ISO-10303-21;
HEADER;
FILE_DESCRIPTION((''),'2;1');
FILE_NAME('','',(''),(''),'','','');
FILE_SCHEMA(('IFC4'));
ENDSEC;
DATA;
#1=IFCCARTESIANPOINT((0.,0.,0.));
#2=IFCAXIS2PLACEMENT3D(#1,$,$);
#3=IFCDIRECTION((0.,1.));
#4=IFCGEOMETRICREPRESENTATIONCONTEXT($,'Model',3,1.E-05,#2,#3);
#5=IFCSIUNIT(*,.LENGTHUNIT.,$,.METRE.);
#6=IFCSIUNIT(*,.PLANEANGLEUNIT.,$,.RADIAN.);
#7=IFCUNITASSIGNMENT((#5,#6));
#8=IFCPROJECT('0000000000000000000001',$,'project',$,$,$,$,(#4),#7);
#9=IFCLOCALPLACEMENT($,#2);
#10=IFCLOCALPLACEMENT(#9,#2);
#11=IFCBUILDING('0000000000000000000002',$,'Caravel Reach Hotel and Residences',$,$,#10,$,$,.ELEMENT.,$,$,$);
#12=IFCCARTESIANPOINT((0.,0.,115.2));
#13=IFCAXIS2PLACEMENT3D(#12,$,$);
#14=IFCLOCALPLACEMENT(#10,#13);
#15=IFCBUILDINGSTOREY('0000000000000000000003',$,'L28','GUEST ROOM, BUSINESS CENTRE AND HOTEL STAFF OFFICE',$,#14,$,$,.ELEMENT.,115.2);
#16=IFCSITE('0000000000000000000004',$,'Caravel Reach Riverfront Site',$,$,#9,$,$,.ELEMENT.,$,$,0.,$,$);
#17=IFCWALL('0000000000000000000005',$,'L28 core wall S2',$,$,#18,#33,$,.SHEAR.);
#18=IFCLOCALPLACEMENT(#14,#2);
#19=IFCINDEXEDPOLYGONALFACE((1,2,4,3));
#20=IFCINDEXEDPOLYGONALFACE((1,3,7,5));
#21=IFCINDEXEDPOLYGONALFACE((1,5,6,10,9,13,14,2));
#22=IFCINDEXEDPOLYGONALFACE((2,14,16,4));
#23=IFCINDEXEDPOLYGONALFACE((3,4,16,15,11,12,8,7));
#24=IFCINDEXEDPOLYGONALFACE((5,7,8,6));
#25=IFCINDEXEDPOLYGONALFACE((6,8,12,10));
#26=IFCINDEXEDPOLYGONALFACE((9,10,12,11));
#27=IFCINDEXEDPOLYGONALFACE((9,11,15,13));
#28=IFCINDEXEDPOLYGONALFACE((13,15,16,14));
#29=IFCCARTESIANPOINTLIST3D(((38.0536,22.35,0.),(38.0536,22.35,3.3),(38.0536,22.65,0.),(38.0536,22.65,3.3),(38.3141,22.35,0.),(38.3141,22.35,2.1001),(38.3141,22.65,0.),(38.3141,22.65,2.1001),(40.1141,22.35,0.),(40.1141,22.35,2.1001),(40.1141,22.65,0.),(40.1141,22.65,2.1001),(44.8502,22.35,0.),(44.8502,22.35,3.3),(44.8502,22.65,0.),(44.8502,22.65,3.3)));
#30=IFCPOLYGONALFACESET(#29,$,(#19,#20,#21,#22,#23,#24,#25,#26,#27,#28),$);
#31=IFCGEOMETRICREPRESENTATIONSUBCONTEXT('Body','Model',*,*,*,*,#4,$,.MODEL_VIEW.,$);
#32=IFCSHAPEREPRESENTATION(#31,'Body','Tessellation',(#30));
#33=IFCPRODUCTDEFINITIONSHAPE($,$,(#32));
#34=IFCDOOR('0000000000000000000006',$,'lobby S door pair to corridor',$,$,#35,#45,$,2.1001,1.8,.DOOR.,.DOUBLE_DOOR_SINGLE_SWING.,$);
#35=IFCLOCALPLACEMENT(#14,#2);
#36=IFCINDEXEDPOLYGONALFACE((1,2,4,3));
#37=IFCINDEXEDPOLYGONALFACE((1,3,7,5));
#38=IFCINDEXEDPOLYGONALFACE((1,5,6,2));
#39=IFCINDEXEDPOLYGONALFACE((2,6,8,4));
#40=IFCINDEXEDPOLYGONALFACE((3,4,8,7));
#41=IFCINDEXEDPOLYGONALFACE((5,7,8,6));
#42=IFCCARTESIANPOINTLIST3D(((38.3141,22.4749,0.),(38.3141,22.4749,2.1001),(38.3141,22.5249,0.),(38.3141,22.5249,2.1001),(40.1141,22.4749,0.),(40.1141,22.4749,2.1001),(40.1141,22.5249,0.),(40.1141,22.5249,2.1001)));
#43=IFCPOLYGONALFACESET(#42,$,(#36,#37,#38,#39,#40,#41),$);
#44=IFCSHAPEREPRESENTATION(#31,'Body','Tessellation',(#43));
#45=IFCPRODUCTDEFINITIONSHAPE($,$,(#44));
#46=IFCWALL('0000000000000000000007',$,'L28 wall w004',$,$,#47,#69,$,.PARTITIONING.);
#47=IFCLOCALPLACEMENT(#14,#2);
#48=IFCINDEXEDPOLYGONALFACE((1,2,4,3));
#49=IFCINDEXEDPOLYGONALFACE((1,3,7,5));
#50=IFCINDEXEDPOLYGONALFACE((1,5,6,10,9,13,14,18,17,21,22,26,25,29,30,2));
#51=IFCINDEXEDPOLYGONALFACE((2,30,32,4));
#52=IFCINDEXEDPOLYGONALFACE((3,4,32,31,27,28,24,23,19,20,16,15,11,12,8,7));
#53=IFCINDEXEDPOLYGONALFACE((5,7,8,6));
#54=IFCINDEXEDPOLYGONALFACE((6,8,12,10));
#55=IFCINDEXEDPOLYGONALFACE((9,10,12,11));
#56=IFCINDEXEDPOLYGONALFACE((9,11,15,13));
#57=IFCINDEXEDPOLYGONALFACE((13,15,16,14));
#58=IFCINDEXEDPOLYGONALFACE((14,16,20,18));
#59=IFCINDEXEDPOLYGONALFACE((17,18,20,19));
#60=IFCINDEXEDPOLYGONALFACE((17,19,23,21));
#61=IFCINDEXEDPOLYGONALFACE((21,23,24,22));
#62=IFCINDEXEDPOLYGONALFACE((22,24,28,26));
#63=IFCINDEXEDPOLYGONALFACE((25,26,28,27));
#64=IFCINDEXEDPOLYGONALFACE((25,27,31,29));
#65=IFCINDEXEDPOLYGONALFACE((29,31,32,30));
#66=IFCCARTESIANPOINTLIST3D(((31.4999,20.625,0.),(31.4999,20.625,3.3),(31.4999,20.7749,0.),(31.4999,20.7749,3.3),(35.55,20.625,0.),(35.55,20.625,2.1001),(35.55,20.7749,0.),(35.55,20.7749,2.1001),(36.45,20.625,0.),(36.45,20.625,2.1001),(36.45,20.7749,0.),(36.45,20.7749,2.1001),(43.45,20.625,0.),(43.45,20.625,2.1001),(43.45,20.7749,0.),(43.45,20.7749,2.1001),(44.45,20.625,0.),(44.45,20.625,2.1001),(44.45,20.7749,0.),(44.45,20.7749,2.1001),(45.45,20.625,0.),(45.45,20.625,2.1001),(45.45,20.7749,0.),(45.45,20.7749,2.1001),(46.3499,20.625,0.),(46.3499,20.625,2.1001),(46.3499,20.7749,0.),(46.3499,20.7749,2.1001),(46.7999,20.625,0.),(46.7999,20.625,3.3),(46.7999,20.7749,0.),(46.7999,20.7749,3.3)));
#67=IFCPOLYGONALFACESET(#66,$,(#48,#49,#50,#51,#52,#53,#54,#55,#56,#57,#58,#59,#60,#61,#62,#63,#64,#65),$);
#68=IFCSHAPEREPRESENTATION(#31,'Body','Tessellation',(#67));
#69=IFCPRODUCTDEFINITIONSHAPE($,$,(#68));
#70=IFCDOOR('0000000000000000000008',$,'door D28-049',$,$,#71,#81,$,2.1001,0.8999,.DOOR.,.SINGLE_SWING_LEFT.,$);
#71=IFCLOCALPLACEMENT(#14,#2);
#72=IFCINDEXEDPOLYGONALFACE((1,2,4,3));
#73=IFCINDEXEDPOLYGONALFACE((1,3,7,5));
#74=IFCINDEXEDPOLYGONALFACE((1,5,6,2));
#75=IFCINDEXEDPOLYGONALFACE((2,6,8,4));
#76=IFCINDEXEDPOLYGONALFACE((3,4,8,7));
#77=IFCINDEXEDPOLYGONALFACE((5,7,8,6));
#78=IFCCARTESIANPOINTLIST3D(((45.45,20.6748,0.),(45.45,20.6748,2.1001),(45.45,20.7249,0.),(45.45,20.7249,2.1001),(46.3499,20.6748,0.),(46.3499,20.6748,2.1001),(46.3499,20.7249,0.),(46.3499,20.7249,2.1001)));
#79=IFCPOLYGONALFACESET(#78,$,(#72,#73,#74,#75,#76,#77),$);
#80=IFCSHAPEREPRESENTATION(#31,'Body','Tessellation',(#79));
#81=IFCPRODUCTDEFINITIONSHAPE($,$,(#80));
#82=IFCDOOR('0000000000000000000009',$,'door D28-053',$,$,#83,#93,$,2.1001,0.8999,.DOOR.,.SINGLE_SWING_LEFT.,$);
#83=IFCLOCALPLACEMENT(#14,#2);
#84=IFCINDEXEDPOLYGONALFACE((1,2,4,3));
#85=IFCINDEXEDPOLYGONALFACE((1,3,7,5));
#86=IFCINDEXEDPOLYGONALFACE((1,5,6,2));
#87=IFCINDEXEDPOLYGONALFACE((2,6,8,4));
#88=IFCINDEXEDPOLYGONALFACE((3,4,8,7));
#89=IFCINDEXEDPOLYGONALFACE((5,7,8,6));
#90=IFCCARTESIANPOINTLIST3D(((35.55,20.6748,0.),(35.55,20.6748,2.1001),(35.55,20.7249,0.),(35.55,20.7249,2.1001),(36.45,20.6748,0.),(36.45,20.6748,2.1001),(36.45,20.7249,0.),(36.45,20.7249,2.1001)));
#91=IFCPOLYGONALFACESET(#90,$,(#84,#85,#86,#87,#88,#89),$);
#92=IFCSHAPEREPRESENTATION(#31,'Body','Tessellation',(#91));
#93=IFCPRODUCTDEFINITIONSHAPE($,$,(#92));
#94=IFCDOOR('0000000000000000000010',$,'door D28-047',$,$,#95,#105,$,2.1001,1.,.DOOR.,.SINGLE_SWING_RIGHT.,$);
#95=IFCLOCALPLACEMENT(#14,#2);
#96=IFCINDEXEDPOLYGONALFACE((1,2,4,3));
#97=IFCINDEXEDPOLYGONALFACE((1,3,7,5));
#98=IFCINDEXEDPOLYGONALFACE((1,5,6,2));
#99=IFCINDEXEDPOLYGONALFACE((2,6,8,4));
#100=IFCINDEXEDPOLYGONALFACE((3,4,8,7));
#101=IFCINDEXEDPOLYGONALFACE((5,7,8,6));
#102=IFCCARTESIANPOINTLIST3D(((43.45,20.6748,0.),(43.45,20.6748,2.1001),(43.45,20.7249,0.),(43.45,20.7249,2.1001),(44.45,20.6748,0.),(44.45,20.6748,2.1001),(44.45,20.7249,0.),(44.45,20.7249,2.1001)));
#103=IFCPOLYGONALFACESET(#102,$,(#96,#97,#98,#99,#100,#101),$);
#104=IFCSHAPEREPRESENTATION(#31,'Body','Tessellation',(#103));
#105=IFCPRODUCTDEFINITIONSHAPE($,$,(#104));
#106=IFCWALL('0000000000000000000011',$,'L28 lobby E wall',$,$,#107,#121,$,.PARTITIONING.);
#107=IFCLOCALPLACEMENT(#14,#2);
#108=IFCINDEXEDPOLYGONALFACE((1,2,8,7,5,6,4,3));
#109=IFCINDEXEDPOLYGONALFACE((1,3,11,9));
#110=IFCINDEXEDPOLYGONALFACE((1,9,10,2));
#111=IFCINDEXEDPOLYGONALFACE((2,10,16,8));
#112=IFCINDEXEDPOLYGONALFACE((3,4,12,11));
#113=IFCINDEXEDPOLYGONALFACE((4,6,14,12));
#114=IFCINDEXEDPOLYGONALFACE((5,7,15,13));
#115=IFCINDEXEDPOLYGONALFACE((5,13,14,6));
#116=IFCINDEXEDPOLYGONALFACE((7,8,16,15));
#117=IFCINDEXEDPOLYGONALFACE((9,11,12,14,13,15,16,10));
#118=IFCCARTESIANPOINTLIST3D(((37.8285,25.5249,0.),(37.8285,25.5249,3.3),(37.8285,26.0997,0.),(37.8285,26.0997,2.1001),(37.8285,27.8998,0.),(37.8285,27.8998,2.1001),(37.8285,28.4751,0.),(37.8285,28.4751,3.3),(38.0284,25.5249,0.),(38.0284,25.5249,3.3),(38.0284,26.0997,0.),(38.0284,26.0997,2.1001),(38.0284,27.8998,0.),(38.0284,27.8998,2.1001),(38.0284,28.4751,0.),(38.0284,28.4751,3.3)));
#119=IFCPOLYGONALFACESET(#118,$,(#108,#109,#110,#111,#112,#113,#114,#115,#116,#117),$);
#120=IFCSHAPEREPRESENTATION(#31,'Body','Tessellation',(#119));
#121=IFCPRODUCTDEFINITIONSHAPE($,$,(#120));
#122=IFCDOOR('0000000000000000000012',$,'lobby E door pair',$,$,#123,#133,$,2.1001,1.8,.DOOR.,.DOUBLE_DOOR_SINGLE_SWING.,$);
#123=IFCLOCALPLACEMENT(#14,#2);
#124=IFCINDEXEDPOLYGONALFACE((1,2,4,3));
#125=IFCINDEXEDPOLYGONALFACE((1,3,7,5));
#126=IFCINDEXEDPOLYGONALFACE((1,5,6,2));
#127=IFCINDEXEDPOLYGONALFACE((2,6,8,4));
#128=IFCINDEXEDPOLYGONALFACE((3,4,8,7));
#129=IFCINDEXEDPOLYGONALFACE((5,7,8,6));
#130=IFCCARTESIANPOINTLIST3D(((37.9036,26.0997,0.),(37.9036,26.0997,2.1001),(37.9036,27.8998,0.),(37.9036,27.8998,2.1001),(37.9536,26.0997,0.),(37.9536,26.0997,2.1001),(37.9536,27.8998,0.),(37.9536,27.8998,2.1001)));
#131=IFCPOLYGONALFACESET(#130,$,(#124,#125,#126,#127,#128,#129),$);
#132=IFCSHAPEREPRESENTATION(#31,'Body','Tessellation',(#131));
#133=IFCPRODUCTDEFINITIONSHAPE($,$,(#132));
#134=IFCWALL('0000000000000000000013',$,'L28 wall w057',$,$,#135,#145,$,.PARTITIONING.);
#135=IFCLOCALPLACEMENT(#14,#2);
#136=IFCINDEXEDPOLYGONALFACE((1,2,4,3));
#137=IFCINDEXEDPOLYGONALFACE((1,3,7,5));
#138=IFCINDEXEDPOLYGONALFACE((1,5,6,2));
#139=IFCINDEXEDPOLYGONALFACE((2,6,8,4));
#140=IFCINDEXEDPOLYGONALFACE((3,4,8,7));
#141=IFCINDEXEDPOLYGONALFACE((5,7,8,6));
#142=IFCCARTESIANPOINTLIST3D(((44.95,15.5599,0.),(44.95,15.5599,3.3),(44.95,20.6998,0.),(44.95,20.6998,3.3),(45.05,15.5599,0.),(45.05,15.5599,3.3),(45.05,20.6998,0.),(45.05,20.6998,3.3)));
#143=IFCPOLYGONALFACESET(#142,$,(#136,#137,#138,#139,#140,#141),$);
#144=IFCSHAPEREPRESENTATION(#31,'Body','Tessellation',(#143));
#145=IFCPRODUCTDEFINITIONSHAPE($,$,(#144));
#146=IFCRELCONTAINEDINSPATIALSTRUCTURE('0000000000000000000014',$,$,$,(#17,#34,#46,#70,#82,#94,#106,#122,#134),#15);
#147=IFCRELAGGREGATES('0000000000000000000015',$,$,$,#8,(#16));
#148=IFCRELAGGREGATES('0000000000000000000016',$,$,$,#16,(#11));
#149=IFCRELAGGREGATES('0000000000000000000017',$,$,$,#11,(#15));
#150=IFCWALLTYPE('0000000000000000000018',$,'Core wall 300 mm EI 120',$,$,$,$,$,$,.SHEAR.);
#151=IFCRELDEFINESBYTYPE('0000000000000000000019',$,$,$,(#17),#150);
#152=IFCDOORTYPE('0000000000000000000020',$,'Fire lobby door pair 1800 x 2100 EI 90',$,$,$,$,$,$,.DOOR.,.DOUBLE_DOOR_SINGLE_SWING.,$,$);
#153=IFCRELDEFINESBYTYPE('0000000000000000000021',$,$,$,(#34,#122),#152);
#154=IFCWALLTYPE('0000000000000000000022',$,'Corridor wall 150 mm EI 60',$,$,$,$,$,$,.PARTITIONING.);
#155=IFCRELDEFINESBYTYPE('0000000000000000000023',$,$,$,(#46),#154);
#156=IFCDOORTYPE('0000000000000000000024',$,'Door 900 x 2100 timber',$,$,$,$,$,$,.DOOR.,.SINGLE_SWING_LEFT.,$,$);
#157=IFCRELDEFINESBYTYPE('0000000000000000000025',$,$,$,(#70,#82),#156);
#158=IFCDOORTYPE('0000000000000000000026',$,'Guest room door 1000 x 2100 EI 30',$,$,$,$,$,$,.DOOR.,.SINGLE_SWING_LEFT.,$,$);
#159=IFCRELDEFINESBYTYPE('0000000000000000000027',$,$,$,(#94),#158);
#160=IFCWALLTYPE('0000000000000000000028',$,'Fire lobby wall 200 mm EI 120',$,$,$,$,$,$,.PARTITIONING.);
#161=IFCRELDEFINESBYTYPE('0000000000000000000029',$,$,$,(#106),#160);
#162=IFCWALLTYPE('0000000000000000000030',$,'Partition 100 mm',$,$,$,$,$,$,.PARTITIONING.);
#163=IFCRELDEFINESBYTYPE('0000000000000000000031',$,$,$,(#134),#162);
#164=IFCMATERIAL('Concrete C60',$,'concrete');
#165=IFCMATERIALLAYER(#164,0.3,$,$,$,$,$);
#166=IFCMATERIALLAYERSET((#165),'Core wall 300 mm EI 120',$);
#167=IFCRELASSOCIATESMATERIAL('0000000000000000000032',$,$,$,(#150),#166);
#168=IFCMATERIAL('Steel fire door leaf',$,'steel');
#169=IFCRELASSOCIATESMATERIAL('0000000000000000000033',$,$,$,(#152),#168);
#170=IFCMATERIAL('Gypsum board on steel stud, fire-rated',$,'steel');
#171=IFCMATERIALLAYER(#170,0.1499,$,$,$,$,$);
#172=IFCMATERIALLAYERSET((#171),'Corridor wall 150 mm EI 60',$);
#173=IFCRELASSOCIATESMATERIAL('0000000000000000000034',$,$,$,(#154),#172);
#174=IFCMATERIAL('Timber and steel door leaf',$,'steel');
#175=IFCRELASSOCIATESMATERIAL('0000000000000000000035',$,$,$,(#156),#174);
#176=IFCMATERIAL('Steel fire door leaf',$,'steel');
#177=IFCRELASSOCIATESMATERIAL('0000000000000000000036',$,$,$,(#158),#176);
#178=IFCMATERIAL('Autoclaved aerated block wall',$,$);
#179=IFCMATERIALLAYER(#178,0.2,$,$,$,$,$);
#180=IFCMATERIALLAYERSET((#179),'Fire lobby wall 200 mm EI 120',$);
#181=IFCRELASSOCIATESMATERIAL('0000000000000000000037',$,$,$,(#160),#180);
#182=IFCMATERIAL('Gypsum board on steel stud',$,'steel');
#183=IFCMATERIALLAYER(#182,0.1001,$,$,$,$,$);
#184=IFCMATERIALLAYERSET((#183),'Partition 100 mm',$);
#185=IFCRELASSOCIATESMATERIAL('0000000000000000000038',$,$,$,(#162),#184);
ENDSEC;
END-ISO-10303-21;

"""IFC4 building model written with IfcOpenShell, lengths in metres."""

from ifc_helpers import new_model, si_unit, direction, frame, frame_2d, origin, place, context, subcontext, project, spatial, rectangle, extrude, material, layer, layer_set, type_object, element, fill, save


model = new_model("IFC4")

# Units and contexts
model_context = context("Model", 3, precision=1e-05, world=origin(), true_north=direction((0.0, 1.0)))
body_context = subcontext(model_context, "Body", "Model", "MODEL_VIEW")
ifc_project = project(units=[si_unit("LENGTHUNIT", "METRE"), si_unit("PLANEANGLEUNIT", "RADIAN")], contexts=[model_context])

# Site, building, storey
site_placement = place(None, origin())
site = spatial("IfcSite", under=ifc_project, at=site_placement, Name="Caravel Reach Riverfront Site", CompositionType="ELEMENT", RefElevation=0.0)
building_placement = place(site_placement, origin())
building = spatial("IfcBuilding", under=site, at=building_placement, Name="Caravel Reach Hotel and Residences", CompositionType="ELEMENT")
storey_placement = place(building_placement, frame((0.0, 0.0, 115.2)))
storey = spatial("IfcBuildingStorey", under=building, at=storey_placement, Name="L28", Description="GUEST ROOM, BUSINESS CENTRE AND HOTEL STAFF OFFICE", CompositionType="ELEMENT", Elevation=115.2)

# Wall, opening, door
ifc_material_1 = material(Name="Concrete C60", Category="concrete")
ifc_layer_1 = layer(ifc_material_1, 0.3)
ifc_layer_set_1 = layer_set([ifc_layer_1], Name="Core wall 300 mm EI 120")
wall_type_1 = type_object("IfcWallType", Name="Core wall 300 mm EI 120", PredefinedType="SHEAR", material=ifc_layer_set_1)
wall_1_placement = place(storey_placement, frame((38.0535, 22.5, 0.0), z_axis=(0.0, 0.0, 1.0), x_axis=(1.0, 0.0, 0.0)))
wall_1 = element("IfcWall", 1, at=wall_1_placement, inside=storey, type_object=wall_type_1, Name="L28 core wall S2", PredefinedType="SHEAR", context=body_context, shape_type="SweptSolid", body=[
    extrude(rectangle(XDim=6.7966, YDim=0.3, at=frame_2d((3.3984, 0.0))), origin(), (0.0, 0.0, 1.0), 3.3),
])
opening_1_placement = place(wall_1_placement, frame((0.2607, 0.0, 0.0)))
opening_1 = element("IfcOpeningElement", 2, at=opening_1_placement, cuts=wall_1, PredefinedType="OPENING", context=body_context, shape_type="SweptSolid", body=[
    extrude(rectangle(XDim=1.8, YDim=2.1001, at=frame_2d((0.8999, 1.05))), frame((0.0, 0.1599, 0.0), z_axis=(0.0, -1.0, 0.0), x_axis=(1.0, 0.0, 0.0)), (0.0, 0.0, 1.0), 0.3201),
])
ifc_material_2 = material(Name="Steel fire door leaf", Category="steel")
door_type_1 = type_object("IfcDoorType", Name="Fire lobby door pair 1800 x 2100 EI 90", OperationType="DOUBLE_DOOR_SINGLE_SWING", PredefinedType="DOOR", material=ifc_material_2)
door_1_placement = place(opening_1_placement, origin())
door_1 = element("IfcDoor", 3, at=door_1_placement, inside=storey, type_object=door_type_1, Name="lobby S door pair to corridor", OperationType="DOUBLE_DOOR_SINGLE_SWING", OverallHeight=2.1001, OverallWidth=1.8, PredefinedType="DOOR", context=body_context, shape_type="SweptSolid", body=[
    extrude(rectangle(XDim=1.8, YDim=2.1001, at=frame_2d((0.8999, 1.05))), frame((0.0, 0.0249, 0.0), z_axis=(0.0, -1.0, 0.0), x_axis=(1.0, 0.0, 0.0)), (0.0, 0.0, 1.0), 0.05),
])
fill(opening_1, door_1)

# Wall, openings, doors
ifc_material_3 = material(Name="Gypsum board on steel stud, fire-rated", Category="steel")
ifc_layer_2 = layer(ifc_material_3, 0.1499)
ifc_layer_set_2 = layer_set([ifc_layer_2], Name="Corridor wall 150 mm EI 60")
wall_type_2 = type_object("IfcWallType", Name="Corridor wall 150 mm EI 60", PredefinedType="PARTITIONING", material=ifc_layer_set_2)
wall_2_placement = place(storey_placement, frame((31.5, 20.7, 0.0), z_axis=(0.0, 0.0, 1.0), x_axis=(1.0, 0.0, 0.0)))
wall_2 = element("IfcWall", 4, at=wall_2_placement, inside=storey, type_object=wall_type_2, Name="L28 wall w004", PredefinedType="PARTITIONING", context=body_context, shape_type="SweptSolid", body=[
    extrude(rectangle(XDim=15.3, YDim=0.1499, at=frame_2d((7.6499, 0.0))), origin(), (0.0, 0.0, 1.0), 3.3),
])
opening_2_placement = place(wall_2_placement, frame((11.95, 0.0, 0.0)))
opening_2 = element("IfcOpeningElement", 5, at=opening_2_placement, cuts=wall_2, PredefinedType="OPENING", context=body_context, shape_type="SweptSolid", body=[
    extrude(rectangle(XDim=1.0, YDim=2.1001, at=frame_2d((0.5, 1.05))), frame((0.0, 0.085, 0.0), z_axis=(0.0, -1.0, 0.0), x_axis=(1.0, 0.0, 0.0)), (0.0, 0.0, 1.0), 0.1699),
])
opening_3_placement = place(wall_2_placement, frame((13.95, 0.0, 0.0)))
opening_3 = element("IfcOpeningElement", 6, at=opening_3_placement, cuts=wall_2, PredefinedType="OPENING", context=body_context, shape_type="SweptSolid", body=[
    extrude(rectangle(XDim=0.8999, YDim=2.1001, at=frame_2d((0.45, 1.05))), frame((0.0, 0.085, 0.0), z_axis=(0.0, -1.0, 0.0), x_axis=(1.0, 0.0, 0.0)), (0.0, 0.0, 1.0), 0.1699),
])
opening_4_placement = place(wall_2_placement, frame((4.05, 0.0, 0.0)))
opening_4 = element("IfcOpeningElement", 7, at=opening_4_placement, cuts=wall_2, PredefinedType="OPENING", context=body_context, shape_type="SweptSolid", body=[
    extrude(rectangle(XDim=0.8999, YDim=2.1001, at=frame_2d((0.45, 1.05))), frame((0.0, 0.085, 0.0), z_axis=(0.0, -1.0, 0.0), x_axis=(1.0, 0.0, 0.0)), (0.0, 0.0, 1.0), 0.1699),
])
ifc_material_4 = material(Name="Timber and steel door leaf", Category="steel")
door_type_2 = type_object("IfcDoorType", Name="Door 900 x 2100 timber", OperationType="SINGLE_SWING_LEFT", PredefinedType="DOOR", material=ifc_material_4)
door_2_placement = place(opening_3_placement, origin())
door_2 = element("IfcDoor", 8, at=door_2_placement, inside=storey, type_object=door_type_2, Name="door D28-049", OperationType="SINGLE_SWING_LEFT", OverallHeight=2.1001, OverallWidth=0.8999, PredefinedType="DOOR", context=body_context, shape_type="SweptSolid", body=[
    extrude(rectangle(XDim=0.8999, YDim=2.1001, at=frame_2d((0.45, 1.05))), frame((0.0, 0.0249, 0.0), z_axis=(0.0, -1.0, 0.0), x_axis=(1.0, 0.0, 0.0)), (0.0, 0.0, 1.0), 0.05),
])
fill(opening_3, door_2)
door_3_placement = place(opening_4_placement, origin())
door_3 = element("IfcDoor", 9, at=door_3_placement, inside=storey, type_object=door_type_2, Name="door D28-053", OperationType="SINGLE_SWING_LEFT", OverallHeight=2.1001, OverallWidth=0.8999, PredefinedType="DOOR", context=body_context, shape_type="SweptSolid", body=[
    extrude(rectangle(XDim=0.8999, YDim=2.1001, at=frame_2d((0.45, 1.05))), frame((0.0, 0.0249, 0.0), z_axis=(0.0, -1.0, 0.0), x_axis=(1.0, 0.0, 0.0)), (0.0, 0.0, 1.0), 0.05),
])
fill(opening_4, door_3)
ifc_material_5 = material(Name="Steel fire door leaf", Category="steel")
door_type_3 = type_object("IfcDoorType", Name="Guest room door 1000 x 2100 EI 30", OperationType="SINGLE_SWING_LEFT", PredefinedType="DOOR", material=ifc_material_5)
door_4_placement = place(opening_2_placement, origin())
door_4 = element("IfcDoor", 10, at=door_4_placement, inside=storey, type_object=door_type_3, Name="door D28-047", OperationType="SINGLE_SWING_RIGHT", OverallHeight=2.1001, OverallWidth=1.0, PredefinedType="DOOR", context=body_context, shape_type="SweptSolid", body=[
    extrude(rectangle(XDim=1.0, YDim=2.1001, at=frame_2d((0.5, 1.05))), frame((0.0, 0.0249, 0.0), z_axis=(0.0, -1.0, 0.0), x_axis=(1.0, 0.0, 0.0)), (0.0, 0.0, 1.0), 0.05),
])
fill(opening_2, door_4)

# Wall, opening, door
ifc_material_6 = material(Name="Autoclaved aerated block wall")
ifc_layer_3 = layer(ifc_material_6, 0.2)
ifc_layer_set_3 = layer_set([ifc_layer_3], Name="Fire lobby wall 200 mm EI 120")
wall_type_3 = type_object("IfcWallType", Name="Fire lobby wall 200 mm EI 120", PredefinedType="PARTITIONING", material=ifc_layer_set_3)
wall_3_placement = place(storey_placement, frame((37.9285, 25.5249, 0.0), z_axis=(0.0, 0.0, 1.0), x_axis=(0.0, 1.0, 0.0)))
wall_3 = element("IfcWall", 11, at=wall_3_placement, inside=storey, type_object=wall_type_3, Name="L28 lobby E wall", PredefinedType="PARTITIONING", context=body_context, shape_type="SweptSolid", body=[
    extrude(rectangle(XDim=2.9502, YDim=0.2, at=frame_2d((1.4751, 0.0))), origin(), (0.0, 0.0, 1.0), 3.3),
])
opening_5_placement = place(wall_3_placement, frame((0.575, 0.0, 0.0)))
opening_5 = element("IfcOpeningElement", 12, at=opening_5_placement, cuts=wall_3, PredefinedType="OPENING", context=body_context, shape_type="SweptSolid", body=[
    extrude(rectangle(XDim=1.8, YDim=2.1001, at=frame_2d((0.8999, 1.05))), frame((0.0, 0.1099, 0.0), z_axis=(0.0, -1.0, 0.0), x_axis=(1.0, 0.0, 0.0)), (0.0, 0.0, 1.0), 0.22),
])
door_5_placement = place(opening_5_placement, origin())
door_5 = element("IfcDoor", 13, at=door_5_placement, inside=storey, type_object=door_type_1, Name="lobby E door pair", OperationType="DOUBLE_DOOR_SINGLE_SWING", OverallHeight=2.1001, OverallWidth=1.8, PredefinedType="DOOR", context=body_context, shape_type="SweptSolid", body=[
    extrude(rectangle(XDim=1.8, YDim=2.1001, at=frame_2d((0.8999, 1.05))), frame((0.0, 0.0249, 0.0), z_axis=(0.0, -1.0, 0.0), x_axis=(1.0, 0.0, 0.0)), (0.0, 0.0, 1.0), 0.05),
])
fill(opening_5, door_5)

# Wall
ifc_material_7 = material(Name="Gypsum board on steel stud", Category="steel")
ifc_layer_4 = layer(ifc_material_7, 0.1001)
ifc_layer_set_4 = layer_set([ifc_layer_4], Name="Partition 100 mm")
wall_type_4 = type_object("IfcWallType", Name="Partition 100 mm", PredefinedType="PARTITIONING", material=ifc_layer_set_4)
wall_4_placement = place(storey_placement, frame((45.0, 15.5601, 0.0), z_axis=(0.0, 0.0, 1.0), x_axis=(0.0, 1.0, 0.0)))
element("IfcWall", 14, at=wall_4_placement, inside=storey, type_object=wall_type_4, Name="L28 wall w057", PredefinedType="PARTITIONING", context=body_context, shape_type="SweptSolid", body=[
    extrude(rectangle(XDim=5.1399, YDim=0.1001, at=frame_2d((2.5698, 0.0))), origin(), (0.0, 0.0, 1.0), 3.3),
])

save(model, "model.ifc")
